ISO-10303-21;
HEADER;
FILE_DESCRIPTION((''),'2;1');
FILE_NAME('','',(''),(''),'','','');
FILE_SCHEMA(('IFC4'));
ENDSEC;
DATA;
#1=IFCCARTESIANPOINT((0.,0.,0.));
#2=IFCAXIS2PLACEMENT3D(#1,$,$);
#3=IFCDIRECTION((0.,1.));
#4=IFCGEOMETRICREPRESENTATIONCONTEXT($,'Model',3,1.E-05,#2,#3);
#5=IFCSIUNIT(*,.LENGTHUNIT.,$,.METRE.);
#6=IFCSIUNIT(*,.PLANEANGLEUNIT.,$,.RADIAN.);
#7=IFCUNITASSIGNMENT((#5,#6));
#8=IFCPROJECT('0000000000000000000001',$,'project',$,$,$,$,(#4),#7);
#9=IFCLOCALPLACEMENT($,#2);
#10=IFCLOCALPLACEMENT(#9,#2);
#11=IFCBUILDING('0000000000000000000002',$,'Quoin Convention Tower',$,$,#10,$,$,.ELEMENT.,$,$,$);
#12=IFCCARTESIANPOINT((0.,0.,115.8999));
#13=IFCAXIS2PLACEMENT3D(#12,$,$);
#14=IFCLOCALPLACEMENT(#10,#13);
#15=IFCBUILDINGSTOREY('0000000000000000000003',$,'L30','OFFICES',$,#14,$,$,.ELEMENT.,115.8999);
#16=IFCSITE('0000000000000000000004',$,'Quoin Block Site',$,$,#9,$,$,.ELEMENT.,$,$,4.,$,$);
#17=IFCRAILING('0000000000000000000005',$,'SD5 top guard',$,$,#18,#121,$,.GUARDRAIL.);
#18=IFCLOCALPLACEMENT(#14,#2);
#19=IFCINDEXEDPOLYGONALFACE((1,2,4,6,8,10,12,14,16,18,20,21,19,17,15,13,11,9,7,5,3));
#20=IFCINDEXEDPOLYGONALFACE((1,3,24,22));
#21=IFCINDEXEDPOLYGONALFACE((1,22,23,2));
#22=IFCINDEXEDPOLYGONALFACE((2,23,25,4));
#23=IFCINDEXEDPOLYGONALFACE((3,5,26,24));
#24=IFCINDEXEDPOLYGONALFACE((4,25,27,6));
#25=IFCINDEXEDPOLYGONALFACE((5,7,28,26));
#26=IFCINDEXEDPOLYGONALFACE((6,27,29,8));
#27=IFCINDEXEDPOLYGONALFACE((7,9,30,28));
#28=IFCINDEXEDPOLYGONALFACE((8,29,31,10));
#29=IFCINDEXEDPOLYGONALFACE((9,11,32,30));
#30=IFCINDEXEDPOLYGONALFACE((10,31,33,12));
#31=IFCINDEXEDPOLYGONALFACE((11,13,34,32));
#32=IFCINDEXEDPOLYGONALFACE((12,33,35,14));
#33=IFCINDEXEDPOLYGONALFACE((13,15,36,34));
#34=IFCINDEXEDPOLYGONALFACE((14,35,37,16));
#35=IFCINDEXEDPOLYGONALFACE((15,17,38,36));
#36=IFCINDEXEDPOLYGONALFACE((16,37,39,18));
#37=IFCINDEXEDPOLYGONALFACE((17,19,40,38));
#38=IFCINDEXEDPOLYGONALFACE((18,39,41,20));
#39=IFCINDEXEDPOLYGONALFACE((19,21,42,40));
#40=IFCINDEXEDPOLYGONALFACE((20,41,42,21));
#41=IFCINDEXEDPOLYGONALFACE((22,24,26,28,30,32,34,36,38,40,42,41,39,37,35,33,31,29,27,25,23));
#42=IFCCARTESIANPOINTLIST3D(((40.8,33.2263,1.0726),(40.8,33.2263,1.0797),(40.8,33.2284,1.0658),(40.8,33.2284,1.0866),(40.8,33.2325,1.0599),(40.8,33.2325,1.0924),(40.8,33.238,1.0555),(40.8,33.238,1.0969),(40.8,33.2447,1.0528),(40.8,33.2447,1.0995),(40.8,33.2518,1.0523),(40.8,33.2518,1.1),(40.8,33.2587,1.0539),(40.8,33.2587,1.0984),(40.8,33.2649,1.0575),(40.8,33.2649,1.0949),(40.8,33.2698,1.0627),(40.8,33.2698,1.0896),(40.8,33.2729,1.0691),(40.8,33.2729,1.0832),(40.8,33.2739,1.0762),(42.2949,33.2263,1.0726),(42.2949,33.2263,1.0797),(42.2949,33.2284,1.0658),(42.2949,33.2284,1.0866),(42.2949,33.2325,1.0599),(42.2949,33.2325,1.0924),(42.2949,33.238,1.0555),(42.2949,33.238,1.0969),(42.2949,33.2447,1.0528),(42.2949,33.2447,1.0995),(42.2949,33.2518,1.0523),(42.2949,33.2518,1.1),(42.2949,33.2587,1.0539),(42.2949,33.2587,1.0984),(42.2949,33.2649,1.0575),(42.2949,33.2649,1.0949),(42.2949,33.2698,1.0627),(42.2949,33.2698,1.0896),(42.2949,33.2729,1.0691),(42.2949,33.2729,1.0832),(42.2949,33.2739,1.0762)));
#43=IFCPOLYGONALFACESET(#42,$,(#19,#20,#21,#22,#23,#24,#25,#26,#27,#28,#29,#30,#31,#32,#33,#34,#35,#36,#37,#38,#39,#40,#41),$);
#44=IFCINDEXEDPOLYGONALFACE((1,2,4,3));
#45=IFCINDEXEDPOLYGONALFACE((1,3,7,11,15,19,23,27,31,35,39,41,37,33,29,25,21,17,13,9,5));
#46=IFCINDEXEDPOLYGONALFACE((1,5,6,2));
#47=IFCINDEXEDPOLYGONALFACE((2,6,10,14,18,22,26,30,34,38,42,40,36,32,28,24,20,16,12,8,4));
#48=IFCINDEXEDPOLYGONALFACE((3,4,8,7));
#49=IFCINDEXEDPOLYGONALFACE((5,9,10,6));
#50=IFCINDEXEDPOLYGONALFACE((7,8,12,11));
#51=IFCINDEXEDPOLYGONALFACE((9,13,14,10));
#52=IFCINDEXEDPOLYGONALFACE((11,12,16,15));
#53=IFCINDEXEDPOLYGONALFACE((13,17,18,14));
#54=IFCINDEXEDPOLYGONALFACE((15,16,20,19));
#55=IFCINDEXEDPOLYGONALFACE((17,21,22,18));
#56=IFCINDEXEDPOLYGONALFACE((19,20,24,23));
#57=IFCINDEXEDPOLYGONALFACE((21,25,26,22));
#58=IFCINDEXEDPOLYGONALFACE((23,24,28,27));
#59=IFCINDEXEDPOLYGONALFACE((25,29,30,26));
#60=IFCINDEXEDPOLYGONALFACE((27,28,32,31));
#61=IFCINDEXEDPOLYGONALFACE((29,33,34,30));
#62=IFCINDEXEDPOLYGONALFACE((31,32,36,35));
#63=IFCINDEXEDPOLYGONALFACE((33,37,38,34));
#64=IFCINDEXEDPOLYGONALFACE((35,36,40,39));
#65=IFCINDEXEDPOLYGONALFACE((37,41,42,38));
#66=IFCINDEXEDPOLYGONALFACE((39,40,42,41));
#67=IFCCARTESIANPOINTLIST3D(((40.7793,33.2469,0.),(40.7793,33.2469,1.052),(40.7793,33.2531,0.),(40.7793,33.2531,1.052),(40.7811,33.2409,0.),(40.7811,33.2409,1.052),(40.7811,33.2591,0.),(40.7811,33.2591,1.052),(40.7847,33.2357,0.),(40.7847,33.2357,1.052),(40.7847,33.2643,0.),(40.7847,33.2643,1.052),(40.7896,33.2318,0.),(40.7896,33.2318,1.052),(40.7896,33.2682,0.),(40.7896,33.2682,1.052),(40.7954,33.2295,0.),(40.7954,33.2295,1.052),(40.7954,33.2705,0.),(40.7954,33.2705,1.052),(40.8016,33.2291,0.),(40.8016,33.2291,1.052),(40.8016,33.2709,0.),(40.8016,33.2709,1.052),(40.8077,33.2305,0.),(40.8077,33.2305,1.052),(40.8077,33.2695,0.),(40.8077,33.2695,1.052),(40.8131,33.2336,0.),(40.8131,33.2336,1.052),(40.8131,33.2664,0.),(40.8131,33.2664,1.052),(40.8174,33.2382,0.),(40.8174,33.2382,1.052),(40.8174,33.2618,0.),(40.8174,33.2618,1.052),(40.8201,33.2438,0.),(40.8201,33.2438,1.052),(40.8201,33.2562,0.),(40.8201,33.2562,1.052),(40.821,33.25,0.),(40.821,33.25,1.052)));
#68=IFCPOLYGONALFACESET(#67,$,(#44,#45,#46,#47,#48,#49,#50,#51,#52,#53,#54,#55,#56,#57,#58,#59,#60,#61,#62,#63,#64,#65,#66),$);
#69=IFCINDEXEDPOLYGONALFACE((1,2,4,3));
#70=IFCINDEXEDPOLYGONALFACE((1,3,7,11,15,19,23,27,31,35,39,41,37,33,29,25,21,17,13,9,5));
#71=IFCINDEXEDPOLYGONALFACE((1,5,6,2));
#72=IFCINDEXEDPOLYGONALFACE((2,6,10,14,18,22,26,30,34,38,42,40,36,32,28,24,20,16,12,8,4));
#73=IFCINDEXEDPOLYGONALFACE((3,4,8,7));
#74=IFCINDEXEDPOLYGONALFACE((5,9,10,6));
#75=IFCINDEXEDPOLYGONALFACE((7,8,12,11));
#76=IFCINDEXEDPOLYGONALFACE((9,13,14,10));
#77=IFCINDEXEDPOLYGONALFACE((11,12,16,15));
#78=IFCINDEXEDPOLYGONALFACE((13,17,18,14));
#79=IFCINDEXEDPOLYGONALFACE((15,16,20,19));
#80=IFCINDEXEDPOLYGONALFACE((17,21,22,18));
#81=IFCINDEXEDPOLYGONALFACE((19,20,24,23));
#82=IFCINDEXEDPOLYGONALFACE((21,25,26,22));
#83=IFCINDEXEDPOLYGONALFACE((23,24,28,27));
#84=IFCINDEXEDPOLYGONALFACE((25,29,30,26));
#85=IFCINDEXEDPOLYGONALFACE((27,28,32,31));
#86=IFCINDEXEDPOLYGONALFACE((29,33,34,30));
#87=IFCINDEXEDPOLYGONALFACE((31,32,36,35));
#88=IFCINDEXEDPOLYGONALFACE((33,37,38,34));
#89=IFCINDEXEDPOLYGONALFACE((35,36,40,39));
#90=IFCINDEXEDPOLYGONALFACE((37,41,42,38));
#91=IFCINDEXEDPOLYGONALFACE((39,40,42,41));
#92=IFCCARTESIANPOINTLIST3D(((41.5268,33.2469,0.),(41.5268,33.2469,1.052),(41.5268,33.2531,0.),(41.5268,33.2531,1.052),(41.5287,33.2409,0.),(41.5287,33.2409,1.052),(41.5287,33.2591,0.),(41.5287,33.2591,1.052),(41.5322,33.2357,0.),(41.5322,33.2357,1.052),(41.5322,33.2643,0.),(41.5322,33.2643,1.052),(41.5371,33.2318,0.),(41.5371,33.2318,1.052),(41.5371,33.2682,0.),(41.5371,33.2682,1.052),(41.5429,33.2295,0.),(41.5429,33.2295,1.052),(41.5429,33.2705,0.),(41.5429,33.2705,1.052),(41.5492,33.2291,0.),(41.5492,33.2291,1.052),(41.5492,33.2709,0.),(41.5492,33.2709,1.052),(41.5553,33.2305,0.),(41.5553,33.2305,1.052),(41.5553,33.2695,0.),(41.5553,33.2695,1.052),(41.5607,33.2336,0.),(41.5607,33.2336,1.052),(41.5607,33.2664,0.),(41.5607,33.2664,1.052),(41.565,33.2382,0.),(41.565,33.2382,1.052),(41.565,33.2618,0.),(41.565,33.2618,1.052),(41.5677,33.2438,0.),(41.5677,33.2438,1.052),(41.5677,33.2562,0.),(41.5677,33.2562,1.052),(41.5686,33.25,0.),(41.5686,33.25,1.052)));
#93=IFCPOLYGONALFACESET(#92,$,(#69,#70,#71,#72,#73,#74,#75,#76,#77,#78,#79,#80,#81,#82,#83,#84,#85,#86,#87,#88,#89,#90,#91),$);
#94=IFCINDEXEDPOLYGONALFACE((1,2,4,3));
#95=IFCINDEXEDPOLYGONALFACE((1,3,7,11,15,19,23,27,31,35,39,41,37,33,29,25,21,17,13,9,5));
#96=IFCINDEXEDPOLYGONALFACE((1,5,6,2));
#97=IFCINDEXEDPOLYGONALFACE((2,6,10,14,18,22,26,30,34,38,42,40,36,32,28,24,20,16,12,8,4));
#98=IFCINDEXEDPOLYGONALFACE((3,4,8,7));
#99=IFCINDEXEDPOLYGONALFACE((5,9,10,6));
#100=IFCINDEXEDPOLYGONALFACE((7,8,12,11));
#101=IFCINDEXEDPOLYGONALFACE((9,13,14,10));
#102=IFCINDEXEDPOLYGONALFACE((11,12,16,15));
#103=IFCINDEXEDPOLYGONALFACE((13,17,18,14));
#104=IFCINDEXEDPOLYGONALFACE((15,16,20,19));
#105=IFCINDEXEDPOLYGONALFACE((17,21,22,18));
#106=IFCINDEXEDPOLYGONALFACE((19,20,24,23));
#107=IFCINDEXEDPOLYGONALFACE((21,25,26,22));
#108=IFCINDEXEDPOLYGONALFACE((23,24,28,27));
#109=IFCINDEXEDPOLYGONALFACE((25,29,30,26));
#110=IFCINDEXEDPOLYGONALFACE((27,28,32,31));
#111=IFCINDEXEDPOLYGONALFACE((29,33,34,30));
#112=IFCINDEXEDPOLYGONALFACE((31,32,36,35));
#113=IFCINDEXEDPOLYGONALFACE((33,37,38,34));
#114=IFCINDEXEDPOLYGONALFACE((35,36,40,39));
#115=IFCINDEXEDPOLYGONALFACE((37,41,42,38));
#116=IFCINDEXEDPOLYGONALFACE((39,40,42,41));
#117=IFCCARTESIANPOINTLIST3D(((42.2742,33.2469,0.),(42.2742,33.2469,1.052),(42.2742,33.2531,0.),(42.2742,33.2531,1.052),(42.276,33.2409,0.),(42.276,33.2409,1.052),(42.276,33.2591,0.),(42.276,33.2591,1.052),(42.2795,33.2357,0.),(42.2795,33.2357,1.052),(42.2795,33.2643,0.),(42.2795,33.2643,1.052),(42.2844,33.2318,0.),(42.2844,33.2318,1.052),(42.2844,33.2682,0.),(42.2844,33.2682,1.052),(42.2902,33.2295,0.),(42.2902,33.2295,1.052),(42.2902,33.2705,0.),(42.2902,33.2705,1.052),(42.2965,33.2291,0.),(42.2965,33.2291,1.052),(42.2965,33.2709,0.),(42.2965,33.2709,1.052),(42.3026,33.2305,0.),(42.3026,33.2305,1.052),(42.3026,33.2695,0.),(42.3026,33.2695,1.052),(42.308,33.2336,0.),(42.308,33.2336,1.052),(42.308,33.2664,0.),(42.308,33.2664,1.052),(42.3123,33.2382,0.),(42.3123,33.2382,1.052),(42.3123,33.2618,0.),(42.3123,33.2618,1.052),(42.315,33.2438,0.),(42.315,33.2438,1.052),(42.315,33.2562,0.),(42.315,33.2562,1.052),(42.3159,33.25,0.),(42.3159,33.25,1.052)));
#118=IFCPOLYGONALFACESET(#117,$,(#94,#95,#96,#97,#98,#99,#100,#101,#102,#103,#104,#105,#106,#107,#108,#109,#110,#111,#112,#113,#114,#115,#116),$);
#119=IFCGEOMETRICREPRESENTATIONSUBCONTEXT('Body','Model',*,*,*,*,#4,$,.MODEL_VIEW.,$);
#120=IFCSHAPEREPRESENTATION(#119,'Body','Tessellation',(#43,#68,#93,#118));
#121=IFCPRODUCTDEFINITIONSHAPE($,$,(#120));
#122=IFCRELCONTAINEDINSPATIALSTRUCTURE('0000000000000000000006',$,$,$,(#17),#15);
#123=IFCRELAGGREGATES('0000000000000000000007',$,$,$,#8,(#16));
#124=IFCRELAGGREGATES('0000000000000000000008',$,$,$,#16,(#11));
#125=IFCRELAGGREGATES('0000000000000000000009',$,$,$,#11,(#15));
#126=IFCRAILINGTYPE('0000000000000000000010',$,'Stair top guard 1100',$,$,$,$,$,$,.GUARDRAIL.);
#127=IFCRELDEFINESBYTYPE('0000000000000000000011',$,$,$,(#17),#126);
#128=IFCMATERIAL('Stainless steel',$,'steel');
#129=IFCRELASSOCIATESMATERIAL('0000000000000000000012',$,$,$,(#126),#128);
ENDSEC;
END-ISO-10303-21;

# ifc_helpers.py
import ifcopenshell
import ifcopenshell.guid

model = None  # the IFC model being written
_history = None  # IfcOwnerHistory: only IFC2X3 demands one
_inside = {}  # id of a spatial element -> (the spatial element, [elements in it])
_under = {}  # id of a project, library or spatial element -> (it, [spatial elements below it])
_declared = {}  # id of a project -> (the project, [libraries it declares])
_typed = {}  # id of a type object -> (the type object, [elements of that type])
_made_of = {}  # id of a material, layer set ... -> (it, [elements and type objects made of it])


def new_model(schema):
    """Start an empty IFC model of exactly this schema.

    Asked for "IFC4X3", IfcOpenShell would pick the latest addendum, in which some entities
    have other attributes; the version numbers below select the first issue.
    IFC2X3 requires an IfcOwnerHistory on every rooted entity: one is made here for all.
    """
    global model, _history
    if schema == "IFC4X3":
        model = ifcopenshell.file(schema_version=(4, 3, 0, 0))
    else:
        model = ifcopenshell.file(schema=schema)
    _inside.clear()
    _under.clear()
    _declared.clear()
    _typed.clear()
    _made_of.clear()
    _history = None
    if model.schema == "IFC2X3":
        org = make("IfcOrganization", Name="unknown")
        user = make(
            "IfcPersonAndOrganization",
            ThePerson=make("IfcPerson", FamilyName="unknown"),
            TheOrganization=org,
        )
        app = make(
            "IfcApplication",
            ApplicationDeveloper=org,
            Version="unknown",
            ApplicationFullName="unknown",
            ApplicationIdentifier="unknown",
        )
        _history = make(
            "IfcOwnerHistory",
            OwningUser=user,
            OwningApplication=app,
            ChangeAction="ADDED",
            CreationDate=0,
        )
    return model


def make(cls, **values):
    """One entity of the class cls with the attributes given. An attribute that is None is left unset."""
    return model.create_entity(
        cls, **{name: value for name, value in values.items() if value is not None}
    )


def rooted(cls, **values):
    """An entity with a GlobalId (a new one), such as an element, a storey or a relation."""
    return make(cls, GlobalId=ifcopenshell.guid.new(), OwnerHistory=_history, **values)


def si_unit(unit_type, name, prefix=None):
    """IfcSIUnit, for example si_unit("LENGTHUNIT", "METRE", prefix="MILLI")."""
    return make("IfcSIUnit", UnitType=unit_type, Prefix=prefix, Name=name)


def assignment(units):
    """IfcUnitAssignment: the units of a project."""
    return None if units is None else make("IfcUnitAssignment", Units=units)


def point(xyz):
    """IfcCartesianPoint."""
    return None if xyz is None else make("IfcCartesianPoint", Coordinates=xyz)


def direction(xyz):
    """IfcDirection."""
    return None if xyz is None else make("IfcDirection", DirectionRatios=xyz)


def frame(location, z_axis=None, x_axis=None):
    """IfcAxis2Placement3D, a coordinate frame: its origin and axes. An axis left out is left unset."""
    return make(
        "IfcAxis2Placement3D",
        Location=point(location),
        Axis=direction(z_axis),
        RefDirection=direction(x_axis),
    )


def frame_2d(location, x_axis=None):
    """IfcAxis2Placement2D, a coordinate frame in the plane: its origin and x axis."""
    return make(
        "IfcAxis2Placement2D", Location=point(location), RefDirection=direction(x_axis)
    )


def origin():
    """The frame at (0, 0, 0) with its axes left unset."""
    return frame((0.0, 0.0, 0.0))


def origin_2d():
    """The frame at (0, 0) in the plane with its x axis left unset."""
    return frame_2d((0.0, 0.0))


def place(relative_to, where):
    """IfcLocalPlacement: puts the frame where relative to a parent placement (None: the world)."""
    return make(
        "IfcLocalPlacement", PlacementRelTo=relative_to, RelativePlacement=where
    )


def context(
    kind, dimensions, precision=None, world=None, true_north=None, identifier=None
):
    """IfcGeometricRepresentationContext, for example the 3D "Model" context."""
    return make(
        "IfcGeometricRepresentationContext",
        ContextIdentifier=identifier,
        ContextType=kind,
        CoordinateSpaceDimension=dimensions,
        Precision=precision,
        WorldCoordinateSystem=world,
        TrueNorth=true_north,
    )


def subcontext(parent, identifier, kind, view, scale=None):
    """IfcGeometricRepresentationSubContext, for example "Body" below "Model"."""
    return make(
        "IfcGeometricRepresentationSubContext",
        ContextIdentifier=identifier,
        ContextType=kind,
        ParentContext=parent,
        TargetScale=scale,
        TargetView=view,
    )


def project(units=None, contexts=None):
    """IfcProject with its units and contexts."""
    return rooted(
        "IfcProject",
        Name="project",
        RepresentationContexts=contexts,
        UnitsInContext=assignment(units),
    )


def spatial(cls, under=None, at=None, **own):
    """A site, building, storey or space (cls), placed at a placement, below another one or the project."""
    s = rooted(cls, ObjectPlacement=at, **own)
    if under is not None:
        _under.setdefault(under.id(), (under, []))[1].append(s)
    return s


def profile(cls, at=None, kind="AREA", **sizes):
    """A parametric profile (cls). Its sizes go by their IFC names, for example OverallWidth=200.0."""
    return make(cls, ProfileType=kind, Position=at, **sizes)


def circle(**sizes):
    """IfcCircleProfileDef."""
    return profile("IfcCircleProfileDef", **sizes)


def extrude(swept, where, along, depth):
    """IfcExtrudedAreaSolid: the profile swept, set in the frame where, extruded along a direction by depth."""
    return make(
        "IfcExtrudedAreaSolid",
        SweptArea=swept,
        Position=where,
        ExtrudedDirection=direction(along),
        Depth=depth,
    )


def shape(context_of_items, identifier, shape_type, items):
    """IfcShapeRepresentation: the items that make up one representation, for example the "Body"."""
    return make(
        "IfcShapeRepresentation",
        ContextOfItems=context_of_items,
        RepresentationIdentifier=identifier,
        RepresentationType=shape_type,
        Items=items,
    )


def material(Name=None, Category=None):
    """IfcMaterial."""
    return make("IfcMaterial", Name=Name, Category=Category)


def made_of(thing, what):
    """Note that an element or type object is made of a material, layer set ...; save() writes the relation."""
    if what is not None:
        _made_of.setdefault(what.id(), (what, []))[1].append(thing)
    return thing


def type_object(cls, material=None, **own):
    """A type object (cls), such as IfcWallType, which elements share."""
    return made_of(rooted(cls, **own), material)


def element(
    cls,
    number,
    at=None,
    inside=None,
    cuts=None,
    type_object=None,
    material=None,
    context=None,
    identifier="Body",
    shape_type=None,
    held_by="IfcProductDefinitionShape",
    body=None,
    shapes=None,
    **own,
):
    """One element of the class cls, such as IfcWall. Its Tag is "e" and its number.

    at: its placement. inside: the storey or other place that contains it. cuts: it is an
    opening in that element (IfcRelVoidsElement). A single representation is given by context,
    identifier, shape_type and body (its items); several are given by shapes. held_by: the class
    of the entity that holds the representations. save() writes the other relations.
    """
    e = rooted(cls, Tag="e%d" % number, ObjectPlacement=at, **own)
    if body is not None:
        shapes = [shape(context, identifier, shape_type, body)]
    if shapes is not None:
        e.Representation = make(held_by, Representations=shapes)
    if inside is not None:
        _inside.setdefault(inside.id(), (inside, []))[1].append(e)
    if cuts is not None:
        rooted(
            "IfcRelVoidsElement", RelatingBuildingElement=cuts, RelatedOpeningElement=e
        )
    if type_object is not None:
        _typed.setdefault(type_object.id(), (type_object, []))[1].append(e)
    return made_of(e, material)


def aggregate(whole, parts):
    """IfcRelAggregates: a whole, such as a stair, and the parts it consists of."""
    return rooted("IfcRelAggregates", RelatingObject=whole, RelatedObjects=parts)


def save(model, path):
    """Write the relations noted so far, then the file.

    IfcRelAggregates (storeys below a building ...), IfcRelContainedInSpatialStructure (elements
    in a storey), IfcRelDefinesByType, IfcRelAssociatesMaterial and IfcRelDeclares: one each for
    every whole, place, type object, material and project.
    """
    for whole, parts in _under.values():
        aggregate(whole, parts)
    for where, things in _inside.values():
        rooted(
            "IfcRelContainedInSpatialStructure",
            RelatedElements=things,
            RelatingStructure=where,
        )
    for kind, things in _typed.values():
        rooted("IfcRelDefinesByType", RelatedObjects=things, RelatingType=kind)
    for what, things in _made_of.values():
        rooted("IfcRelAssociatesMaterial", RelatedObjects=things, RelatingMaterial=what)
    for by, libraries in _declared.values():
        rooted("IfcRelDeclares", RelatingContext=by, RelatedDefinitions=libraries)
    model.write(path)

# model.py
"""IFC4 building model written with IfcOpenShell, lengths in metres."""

from ifc_helpers import new_model, si_unit, direction, frame, origin, origin_2d, place, context, subcontext, project, spatial, circle, extrude, material, type_object, element, save


model = new_model("IFC4")

# Units and contexts
model_context = context("Model", 3, precision=1e-05, world=origin(), true_north=direction((0.0, 1.0)))
body_context = subcontext(model_context, "Body", "Model", "MODEL_VIEW")
ifc_project = project(units=[si_unit("LENGTHUNIT", "METRE"), si_unit("PLANEANGLEUNIT", "RADIAN")], contexts=[model_context])

# Site, building, storey
site_placement = place(None, origin())
site = spatial("IfcSite", under=ifc_project, at=site_placement, Name="Quoin Block Site", CompositionType="ELEMENT", RefElevation=4.0)
building_placement = place(site_placement, origin())
building = spatial("IfcBuilding", under=site, at=building_placement, Name="Quoin Convention Tower", CompositionType="ELEMENT")
storey_placement = place(building_placement, frame((0.0, 0.0, 115.8999)))
storey = spatial("IfcBuildingStorey", under=building, at=storey_placement, Name="L30", Description="OFFICES", CompositionType="ELEMENT", Elevation=115.8999)

# Railing
ifc_material_1 = material(Name="Stainless steel", Category="steel")
railing_type_1 = type_object("IfcRailingType", Name="Stair top guard 1100", PredefinedType="GUARDRAIL", material=ifc_material_1)
railing_1_placement = place(storey_placement, frame((40.8, 33.25, 0.0)))
element("IfcRailing", 1, at=railing_1_placement, inside=storey, type_object=railing_type_1, Name="SD5 top guard", PredefinedType="GUARDRAIL", context=body_context, shape_type="SweptSolid", body=[
    extrude(circle(Radius=0.0239, at=origin_2d()), frame((0.0, 0.0, 1.0762), z_axis=(1.0, 0.0, 0.0), x_axis=(0.0, 1.0, 0.0)), (0.0, 0.0, 1.0), 1.4949),
    extrude(circle(Radius=0.021, at=origin_2d()), origin(), (0.0, 0.0, 1.0), 1.052),
    extrude(circle(Radius=0.021, at=origin_2d()), frame((0.7476, 0.0, 0.0)), (0.0, 0.0, 1.0), 1.052),
    extrude(circle(Radius=0.021, at=origin_2d()), frame((1.4949, 0.0, 0.0)), (0.0, 0.0, 1.0), 1.052),
])

save(model, "model.ifc")
